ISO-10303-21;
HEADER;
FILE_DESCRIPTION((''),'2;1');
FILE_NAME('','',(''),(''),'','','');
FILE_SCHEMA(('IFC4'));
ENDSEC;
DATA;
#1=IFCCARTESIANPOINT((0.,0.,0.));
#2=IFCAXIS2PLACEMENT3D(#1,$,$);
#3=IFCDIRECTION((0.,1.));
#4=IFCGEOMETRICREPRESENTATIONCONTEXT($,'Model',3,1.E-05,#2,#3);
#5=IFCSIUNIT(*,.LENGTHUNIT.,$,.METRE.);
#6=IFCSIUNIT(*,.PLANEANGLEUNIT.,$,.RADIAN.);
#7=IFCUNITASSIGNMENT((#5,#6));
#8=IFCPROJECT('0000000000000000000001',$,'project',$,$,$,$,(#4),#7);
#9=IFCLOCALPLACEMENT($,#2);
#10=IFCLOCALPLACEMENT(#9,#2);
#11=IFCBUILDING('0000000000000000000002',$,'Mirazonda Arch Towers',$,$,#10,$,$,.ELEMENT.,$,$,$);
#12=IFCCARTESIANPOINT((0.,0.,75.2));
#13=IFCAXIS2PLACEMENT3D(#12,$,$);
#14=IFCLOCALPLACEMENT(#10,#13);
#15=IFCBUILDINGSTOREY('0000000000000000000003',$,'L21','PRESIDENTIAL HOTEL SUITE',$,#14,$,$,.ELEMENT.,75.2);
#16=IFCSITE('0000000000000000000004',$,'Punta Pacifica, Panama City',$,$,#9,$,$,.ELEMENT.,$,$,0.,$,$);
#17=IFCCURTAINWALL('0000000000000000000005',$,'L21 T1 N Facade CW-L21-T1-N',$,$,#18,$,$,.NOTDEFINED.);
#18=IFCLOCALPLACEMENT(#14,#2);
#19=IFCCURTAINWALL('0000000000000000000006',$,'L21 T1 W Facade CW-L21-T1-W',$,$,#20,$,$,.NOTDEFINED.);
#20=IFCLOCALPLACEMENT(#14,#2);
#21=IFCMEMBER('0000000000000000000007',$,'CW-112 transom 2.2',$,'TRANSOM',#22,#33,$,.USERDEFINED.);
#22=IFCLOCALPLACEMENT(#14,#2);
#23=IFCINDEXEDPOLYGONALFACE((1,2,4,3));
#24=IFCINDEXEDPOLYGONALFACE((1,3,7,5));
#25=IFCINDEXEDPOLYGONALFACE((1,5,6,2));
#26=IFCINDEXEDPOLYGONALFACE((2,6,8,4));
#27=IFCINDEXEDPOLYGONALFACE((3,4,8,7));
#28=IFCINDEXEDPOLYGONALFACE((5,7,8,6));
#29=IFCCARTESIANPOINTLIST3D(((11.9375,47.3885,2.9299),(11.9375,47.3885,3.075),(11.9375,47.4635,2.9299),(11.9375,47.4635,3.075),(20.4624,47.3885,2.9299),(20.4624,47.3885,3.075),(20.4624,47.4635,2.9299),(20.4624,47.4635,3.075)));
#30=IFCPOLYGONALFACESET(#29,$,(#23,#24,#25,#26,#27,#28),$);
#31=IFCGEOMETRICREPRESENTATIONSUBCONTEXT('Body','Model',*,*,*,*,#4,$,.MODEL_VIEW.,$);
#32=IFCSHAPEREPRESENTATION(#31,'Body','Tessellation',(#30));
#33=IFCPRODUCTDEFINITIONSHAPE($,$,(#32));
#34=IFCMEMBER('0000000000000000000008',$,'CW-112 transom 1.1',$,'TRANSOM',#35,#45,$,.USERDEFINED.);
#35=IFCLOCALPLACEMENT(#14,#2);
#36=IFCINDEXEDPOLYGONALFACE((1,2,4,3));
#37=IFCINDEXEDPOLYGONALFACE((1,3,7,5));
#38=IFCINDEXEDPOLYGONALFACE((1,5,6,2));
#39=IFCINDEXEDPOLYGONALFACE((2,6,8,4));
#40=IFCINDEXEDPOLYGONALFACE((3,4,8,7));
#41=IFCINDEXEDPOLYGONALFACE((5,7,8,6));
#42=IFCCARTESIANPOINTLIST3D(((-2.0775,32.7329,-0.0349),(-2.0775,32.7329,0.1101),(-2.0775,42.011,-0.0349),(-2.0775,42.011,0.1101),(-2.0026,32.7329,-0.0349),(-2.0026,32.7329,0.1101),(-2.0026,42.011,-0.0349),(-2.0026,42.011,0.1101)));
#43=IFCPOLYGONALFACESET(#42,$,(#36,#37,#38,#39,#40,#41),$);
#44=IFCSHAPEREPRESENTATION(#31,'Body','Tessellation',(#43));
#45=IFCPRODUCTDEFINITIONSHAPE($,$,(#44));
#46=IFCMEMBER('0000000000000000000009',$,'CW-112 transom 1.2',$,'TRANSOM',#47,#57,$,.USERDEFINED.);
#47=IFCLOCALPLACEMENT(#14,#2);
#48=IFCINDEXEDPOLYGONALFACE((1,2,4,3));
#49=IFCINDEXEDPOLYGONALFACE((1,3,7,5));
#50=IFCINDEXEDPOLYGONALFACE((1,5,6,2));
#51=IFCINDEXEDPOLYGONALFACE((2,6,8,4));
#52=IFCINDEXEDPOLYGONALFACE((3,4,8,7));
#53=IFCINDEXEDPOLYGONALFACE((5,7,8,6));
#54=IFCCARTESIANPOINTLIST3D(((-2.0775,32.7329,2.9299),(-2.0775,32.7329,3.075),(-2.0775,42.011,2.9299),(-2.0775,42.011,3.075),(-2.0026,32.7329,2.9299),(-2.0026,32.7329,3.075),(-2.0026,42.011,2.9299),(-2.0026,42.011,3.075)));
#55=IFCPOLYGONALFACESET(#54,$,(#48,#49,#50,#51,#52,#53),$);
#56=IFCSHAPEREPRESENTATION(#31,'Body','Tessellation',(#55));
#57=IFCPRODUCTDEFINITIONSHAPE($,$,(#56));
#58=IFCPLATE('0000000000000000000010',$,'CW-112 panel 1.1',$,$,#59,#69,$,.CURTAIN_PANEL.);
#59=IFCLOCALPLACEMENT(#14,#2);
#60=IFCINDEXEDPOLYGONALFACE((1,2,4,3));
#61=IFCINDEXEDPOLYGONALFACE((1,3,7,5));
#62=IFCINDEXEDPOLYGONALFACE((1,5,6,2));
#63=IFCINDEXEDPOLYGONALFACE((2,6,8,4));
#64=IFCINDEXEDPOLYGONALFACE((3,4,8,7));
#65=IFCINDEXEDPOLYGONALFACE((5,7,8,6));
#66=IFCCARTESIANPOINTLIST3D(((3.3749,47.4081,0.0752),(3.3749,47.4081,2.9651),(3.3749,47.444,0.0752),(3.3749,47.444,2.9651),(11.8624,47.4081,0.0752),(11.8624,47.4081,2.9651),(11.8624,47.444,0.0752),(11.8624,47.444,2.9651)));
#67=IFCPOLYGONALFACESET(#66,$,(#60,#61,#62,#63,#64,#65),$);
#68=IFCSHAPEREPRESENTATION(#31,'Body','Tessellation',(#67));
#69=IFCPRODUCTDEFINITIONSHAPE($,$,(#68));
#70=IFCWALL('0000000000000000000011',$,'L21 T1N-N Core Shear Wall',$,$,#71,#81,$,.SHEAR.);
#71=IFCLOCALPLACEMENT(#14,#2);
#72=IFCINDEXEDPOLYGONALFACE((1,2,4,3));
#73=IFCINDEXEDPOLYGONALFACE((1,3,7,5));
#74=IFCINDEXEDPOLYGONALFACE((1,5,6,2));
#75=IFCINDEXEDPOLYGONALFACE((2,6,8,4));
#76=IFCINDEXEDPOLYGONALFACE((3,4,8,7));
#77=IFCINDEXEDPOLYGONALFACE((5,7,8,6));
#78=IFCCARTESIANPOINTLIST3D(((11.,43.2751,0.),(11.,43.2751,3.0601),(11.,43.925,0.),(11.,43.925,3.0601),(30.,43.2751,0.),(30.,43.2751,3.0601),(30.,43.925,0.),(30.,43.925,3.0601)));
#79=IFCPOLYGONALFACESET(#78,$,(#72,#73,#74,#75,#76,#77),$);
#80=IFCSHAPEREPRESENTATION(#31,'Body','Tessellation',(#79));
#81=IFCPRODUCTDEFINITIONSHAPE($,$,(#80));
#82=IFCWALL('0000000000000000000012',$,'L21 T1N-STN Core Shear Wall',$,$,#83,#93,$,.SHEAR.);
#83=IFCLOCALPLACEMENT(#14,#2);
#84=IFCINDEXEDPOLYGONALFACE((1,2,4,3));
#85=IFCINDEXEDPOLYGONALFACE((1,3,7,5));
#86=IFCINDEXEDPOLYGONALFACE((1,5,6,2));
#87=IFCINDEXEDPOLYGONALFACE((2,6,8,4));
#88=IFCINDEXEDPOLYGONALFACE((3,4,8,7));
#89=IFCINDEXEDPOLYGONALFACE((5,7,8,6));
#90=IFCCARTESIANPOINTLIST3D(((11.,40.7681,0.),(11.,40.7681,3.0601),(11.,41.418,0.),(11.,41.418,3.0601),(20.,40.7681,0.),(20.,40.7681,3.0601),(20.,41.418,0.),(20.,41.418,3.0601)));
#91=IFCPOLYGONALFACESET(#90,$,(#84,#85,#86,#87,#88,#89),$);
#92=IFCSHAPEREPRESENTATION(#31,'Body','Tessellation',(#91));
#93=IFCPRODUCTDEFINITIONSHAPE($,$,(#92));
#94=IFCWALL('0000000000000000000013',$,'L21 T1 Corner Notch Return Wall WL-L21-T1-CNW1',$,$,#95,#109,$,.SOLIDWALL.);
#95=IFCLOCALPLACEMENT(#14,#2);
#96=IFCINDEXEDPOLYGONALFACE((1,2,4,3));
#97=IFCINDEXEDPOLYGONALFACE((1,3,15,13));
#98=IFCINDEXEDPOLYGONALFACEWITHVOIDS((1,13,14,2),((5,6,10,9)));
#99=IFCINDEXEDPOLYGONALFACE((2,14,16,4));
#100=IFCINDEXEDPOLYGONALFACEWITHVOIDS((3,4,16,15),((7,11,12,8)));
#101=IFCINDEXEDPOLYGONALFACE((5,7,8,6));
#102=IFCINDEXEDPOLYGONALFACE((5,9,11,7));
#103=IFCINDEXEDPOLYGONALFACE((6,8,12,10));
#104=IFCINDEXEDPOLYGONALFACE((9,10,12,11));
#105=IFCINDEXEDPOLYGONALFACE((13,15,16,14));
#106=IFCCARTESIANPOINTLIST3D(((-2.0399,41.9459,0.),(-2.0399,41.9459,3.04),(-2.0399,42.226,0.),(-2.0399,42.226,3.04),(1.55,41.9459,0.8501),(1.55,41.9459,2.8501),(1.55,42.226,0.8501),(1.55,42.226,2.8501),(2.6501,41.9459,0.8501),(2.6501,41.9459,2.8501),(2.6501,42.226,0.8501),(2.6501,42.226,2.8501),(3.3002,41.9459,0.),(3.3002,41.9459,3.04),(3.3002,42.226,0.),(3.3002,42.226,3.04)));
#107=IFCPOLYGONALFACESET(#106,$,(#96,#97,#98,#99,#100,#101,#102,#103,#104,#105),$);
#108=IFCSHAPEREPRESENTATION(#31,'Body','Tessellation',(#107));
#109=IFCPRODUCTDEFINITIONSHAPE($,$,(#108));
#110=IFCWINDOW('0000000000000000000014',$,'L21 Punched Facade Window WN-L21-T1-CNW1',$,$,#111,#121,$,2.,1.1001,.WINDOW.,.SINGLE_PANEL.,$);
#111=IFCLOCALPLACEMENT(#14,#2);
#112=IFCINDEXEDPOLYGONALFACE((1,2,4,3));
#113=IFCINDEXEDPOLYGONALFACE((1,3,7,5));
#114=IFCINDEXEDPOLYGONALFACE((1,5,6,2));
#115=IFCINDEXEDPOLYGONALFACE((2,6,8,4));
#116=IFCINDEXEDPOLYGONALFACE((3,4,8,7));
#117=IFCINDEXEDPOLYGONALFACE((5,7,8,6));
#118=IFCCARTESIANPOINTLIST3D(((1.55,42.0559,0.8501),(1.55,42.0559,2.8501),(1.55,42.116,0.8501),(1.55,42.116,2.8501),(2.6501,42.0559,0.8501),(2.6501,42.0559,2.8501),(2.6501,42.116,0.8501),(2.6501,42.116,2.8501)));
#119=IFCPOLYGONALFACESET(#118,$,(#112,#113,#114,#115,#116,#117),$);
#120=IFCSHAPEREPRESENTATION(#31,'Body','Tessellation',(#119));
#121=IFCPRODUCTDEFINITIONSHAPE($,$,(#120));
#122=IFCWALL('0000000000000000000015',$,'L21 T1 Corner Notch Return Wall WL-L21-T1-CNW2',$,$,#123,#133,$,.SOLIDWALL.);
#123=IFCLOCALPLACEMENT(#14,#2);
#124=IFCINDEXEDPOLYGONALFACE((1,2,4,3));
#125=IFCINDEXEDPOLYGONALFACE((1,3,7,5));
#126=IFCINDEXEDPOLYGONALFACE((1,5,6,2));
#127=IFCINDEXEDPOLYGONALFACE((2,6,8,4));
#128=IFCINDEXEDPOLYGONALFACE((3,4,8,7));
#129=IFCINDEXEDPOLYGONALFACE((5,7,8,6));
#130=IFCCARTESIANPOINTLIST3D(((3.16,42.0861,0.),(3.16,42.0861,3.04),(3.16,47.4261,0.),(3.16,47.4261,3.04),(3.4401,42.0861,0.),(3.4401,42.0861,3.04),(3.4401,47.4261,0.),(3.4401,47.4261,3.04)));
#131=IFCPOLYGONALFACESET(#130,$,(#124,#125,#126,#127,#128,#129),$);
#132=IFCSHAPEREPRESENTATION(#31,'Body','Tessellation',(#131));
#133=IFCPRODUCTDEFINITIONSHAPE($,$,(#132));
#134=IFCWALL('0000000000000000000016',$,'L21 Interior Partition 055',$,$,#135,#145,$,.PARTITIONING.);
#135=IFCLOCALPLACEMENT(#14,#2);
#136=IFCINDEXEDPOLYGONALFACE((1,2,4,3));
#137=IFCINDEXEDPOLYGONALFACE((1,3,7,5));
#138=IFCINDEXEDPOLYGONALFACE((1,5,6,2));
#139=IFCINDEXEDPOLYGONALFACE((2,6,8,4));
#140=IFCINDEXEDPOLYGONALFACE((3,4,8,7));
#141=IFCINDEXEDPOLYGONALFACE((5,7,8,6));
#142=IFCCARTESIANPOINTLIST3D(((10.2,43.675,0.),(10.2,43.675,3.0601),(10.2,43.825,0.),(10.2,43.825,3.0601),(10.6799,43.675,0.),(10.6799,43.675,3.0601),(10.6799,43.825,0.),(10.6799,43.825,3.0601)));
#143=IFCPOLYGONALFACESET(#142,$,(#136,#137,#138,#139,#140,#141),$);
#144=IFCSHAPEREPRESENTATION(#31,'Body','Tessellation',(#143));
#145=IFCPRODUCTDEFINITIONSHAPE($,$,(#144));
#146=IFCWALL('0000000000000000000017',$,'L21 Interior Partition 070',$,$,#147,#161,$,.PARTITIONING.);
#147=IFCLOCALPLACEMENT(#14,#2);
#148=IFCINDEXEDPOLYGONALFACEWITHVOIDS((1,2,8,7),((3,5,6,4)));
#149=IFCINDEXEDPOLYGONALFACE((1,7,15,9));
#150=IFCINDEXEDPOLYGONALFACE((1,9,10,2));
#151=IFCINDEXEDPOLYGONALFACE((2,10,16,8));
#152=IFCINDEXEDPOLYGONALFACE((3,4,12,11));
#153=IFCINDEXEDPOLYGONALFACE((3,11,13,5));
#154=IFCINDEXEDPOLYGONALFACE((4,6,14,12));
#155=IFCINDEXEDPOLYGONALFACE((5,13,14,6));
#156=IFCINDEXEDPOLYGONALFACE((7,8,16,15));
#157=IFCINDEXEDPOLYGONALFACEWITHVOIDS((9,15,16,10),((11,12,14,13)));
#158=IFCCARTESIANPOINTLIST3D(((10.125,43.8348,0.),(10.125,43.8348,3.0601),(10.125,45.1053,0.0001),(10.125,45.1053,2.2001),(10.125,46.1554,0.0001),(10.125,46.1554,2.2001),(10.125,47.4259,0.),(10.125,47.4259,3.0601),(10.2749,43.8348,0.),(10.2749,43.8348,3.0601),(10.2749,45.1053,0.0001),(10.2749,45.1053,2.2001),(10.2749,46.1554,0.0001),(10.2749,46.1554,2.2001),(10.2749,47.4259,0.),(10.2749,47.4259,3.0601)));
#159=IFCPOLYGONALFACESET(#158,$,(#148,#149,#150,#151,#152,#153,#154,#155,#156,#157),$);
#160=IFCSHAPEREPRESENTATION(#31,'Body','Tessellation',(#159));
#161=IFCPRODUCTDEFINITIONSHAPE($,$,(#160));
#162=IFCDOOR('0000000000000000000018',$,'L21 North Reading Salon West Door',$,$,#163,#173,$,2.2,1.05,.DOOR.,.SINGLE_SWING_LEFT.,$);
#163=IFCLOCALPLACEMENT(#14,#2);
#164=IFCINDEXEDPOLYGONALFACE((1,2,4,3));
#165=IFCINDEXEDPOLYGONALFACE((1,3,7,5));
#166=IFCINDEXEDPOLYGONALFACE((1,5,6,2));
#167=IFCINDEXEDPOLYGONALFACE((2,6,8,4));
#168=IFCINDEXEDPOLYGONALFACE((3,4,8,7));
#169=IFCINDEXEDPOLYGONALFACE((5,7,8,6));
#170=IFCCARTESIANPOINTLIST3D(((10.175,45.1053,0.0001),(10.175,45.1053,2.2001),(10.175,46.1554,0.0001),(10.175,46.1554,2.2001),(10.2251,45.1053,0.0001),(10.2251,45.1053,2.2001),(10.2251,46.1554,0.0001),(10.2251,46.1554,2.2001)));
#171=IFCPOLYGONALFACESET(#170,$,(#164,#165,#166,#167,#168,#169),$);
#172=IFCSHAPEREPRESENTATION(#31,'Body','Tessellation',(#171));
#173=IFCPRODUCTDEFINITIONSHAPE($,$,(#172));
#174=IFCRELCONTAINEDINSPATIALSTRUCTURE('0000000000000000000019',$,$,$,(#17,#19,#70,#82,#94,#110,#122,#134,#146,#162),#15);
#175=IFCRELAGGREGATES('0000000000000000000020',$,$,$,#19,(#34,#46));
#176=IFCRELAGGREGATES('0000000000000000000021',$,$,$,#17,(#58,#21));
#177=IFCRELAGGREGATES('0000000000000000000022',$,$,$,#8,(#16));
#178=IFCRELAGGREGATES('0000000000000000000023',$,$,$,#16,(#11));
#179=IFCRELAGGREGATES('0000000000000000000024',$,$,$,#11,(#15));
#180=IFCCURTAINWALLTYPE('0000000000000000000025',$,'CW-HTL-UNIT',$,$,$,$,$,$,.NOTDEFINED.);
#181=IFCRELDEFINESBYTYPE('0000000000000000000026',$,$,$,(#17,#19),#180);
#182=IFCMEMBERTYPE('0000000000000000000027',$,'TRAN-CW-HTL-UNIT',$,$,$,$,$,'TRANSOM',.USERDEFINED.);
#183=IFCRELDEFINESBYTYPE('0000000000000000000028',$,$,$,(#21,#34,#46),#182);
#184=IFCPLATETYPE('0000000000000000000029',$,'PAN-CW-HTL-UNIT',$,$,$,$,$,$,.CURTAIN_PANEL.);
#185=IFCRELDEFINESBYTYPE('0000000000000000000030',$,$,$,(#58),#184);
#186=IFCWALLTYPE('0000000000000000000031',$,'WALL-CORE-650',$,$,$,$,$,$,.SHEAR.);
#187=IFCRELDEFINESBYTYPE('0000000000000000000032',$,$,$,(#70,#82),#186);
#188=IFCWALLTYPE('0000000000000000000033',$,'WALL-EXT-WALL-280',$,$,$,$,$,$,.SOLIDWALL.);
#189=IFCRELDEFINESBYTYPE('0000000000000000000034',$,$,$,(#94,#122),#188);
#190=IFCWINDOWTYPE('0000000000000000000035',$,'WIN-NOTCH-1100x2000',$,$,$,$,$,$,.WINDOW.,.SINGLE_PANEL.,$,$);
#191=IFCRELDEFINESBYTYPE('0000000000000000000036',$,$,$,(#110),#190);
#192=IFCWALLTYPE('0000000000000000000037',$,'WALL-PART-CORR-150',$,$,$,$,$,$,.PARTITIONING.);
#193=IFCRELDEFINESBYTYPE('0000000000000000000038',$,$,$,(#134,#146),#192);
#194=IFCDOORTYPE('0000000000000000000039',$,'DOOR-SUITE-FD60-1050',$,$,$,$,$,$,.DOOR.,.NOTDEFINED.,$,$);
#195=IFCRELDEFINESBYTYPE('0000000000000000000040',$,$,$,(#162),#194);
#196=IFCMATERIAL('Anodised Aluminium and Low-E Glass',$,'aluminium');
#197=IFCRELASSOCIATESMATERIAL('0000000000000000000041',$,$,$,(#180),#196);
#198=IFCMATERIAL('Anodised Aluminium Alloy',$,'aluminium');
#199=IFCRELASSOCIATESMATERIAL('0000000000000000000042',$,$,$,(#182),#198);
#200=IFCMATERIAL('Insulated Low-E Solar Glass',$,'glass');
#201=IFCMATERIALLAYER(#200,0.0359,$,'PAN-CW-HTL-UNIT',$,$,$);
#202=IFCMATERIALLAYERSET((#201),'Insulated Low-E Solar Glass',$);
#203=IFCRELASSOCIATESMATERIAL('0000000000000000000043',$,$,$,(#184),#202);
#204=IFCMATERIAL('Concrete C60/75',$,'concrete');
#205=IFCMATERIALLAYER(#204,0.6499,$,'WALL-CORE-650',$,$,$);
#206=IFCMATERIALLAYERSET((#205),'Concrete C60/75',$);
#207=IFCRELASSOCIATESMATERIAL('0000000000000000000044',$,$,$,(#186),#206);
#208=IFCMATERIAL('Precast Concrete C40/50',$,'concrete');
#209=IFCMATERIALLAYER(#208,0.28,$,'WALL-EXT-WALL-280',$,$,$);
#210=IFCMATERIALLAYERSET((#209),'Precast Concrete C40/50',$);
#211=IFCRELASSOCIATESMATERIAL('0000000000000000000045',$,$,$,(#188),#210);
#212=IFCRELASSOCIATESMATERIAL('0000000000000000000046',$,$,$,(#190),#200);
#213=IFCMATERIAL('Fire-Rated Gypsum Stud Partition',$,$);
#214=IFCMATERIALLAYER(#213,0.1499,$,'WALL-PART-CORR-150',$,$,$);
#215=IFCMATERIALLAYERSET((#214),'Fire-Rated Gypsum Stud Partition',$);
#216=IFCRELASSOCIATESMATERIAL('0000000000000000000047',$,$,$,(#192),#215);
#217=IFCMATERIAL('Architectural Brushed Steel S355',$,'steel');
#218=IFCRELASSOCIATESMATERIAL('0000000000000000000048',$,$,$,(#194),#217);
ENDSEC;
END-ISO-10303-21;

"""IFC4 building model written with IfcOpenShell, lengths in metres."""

from ifc_helpers import new_model, si_unit, direction, frame, frame_2d, origin, origin_2d, place, context, subcontext, project, spatial, rectangle, extrude, material, layer, layer_set, material_profile, profile_set, type_object, element, fill, aggregate, save


model = new_model("IFC4")

# Units and contexts
model_context = context("Model", 3, precision=1e-05, world=origin(), true_north=direction((0.0, 1.0)))
body_context = subcontext(model_context, "Body", "Model", "MODEL_VIEW")
ifc_project = project(units=[si_unit("LENGTHUNIT", "METRE"), si_unit("PLANEANGLEUNIT", "RADIAN")], contexts=[model_context])

# Site, building, storey
site_placement = place(None, origin())
site = spatial("IfcSite", under=ifc_project, at=site_placement, Name="Punta Pacifica, Panama City", CompositionType="ELEMENT", RefElevation=0.0)
building_placement = place(site_placement, origin())
building = spatial("IfcBuilding", under=site, at=building_placement, Name="Mirazonda Arch Towers", CompositionType="ELEMENT")
storey_placement = place(building_placement, frame((0.0, 0.0, 75.2)))
storey = spatial("IfcBuildingStorey", under=building, at=storey_placement, Name="L21", Description="PRESIDENTIAL HOTEL SUITE", CompositionType="ELEMENT", Elevation=75.2)

# Shared definitions
ifc_material_1 = material(Name="Concrete C60/75", Category="concrete")

# Curtain wall
ifc_material_2 = material(Name="Anodised Aluminium and Low-E Glass", Category="aluminium")
curtain_wall_type = type_object("IfcCurtainWallType", Name="CW-HTL-UNIT", PredefinedType="NOTDEFINED", material=ifc_material_2)
curtain_wall_1_placement = place(storey_placement, origin())
curtain_wall_1 = element("IfcCurtainWall", 1, at=curtain_wall_1_placement, inside=storey, type_object=curtain_wall_type, Name="L21 T1 N Facade CW-L21-T1-N", PredefinedType="NOTDEFINED")
ifc_material_3 = material(Name="Anodised Aluminium Alloy", Category="aluminium")

# Curtain wall
curtain_wall_2_placement = place(storey_placement, origin())
curtain_wall_2 = element("IfcCurtainWall", 2, at=curtain_wall_2_placement, inside=storey, type_object=curtain_wall_type, Name="L21 T1 W Facade CW-L21-T1-W", PredefinedType="NOTDEFINED")

# Members
ifc_material_profile_1 = material_profile(ifc_material_3, rectangle(XDim=0.075, YDim=0.145, at=origin_2d()), Name="ALU-TRAN-75x145")
ifc_profile_set_1 = profile_set([ifc_material_profile_1], Name="Anodised Aluminium Alloy")
member_type_1 = type_object("IfcMemberType", Name="TRAN-CW-HTL-UNIT", ElementType="TRANSOM", PredefinedType="USERDEFINED", material=ifc_profile_set_1)
member_1_placement = place(storey_placement, frame((11.9375, 47.426, 3.0024), z_axis=(1.0, 0.0, 0.0), x_axis=(0.0, 1.0, 0.0)))
member_1 = element("IfcMember", 3, at=member_1_placement, type_object=member_type_1, Name="CW-112 transom 2.2", ObjectType="TRANSOM", PredefinedType="USERDEFINED", context=body_context, shape_type="SweptSolid", body=[
    extrude(rectangle(XDim=0.075, YDim=0.145, at=origin_2d()), origin(), (0.0, 0.0, 1.0), 8.5249),
])
member_2_placement = place(storey_placement, frame((-2.04, 42.011, 0.0376), z_axis=(0.0, -1.0, 0.0), x_axis=(1.0, 0.0, 0.0)))
member_2 = element("IfcMember", 4, at=member_2_placement, type_object=member_type_1, Name="CW-112 transom 1.1", ObjectType="TRANSOM", PredefinedType="USERDEFINED", context=body_context, shape_type="SweptSolid", body=[
    extrude(rectangle(XDim=0.075, YDim=0.145, at=origin_2d()), origin(), (0.0, 0.0, 1.0), 9.2781),
])
member_3_placement = place(storey_placement, frame((-2.04, 42.011, 3.0024), z_axis=(0.0, -1.0, 0.0), x_axis=(1.0, 0.0, 0.0)))
member_3 = element("IfcMember", 5, at=member_3_placement, type_object=member_type_1, Name="CW-112 transom 1.2", ObjectType="TRANSOM", PredefinedType="USERDEFINED", context=body_context, shape_type="SweptSolid", body=[
    extrude(rectangle(XDim=0.075, YDim=0.145, at=origin_2d()), origin(), (0.0, 0.0, 1.0), 9.2781),
])
aggregate(curtain_wall_2, [member_2, member_3])

# Plate
ifc_material_4 = material(Name="Insulated Low-E Solar Glass", Category="glass")
ifc_layer_1 = layer(ifc_material_4, 0.0359, Name="PAN-CW-HTL-UNIT")
ifc_layer_set_1 = layer_set([ifc_layer_1], Name="Insulated Low-E Solar Glass")
plate_type = type_object("IfcPlateType", Name="PAN-CW-HTL-UNIT", PredefinedType="CURTAIN_PANEL", material=ifc_layer_set_1)
plate_placement = place(storey_placement, frame((7.6187, 47.426, 0.0752), z_axis=(0.0, 0.0, 1.0), x_axis=(1.0, 0.0, 0.0)))
plate = element("IfcPlate", 6, at=plate_placement, type_object=plate_type, Name="CW-112 panel 1.1", PredefinedType="CURTAIN_PANEL", context=body_context, shape_type="SweptSolid", body=[
    extrude(rectangle(XDim=8.4875, YDim=0.0359, at=origin_2d()), origin(), (0.0, 0.0, 1.0), 2.8899),
])
aggregate(curtain_wall_1, [plate, member_1])

# Walls
ifc_layer_2 = layer(ifc_material_1, 0.6499, Name="WALL-CORE-650")
ifc_layer_set_2 = layer_set([ifc_layer_2], Name="Concrete C60/75")
wall_type_1 = type_object("IfcWallType", Name="WALL-CORE-650", PredefinedType="SHEAR", material=ifc_layer_set_2)
wall_1_placement = place(storey_placement, frame((11.0, 43.6001, 0.0), z_axis=(0.0, 0.0, 1.0), x_axis=(1.0, 0.0, 0.0)))
element("IfcWall", 7, at=wall_1_placement, inside=storey, type_object=wall_type_1, Name="L21 T1N-N Core Shear Wall", PredefinedType="SHEAR", context=body_context, shape_type="SweptSolid", body=[
    extrude(rectangle(XDim=19.0, YDim=0.6499, at=frame_2d((9.5, 0.0))), origin(), (0.0, 0.0, 1.0), 3.0601),
])
wall_2_placement = place(storey_placement, frame((11.0, 41.093, 0.0), z_axis=(0.0, 0.0, 1.0), x_axis=(1.0, 0.0, 0.0)))
element("IfcWall", 8, at=wall_2_placement, inside=storey, type_object=wall_type_1, Name="L21 T1N-STN Core Shear Wall", PredefinedType="SHEAR", context=body_context, shape_type="SweptSolid", body=[
    extrude(rectangle(XDim=9.0, YDim=0.6499, at=frame_2d((4.5, 0.0))), origin(), (0.0, 0.0, 1.0), 3.0601),
])

# Wall, opening, window
ifc_material_5 = material(Name="Precast Concrete C40/50", Category="concrete")
ifc_layer_3 = layer(ifc_material_5, 0.28, Name="WALL-EXT-WALL-280")
ifc_layer_set_3 = layer_set([ifc_layer_3], Name="Precast Concrete C40/50")
wall_type_2 = type_object("IfcWallType", Name="WALL-EXT-WALL-280", PredefinedType="SOLIDWALL", material=ifc_layer_set_3)
wall_3_placement = place(storey_placement, frame((3.3, 42.0859, 0.0), z_axis=(0.0, 0.0, 1.0), x_axis=(-1.0, 0.0, 0.0)))
wall_3 = element("IfcWall", 9, at=wall_3_placement, inside=storey, type_object=wall_type_2, Name="L21 T1 Corner Notch Return Wall WL-L21-T1-CNW1", PredefinedType="SOLIDWALL", context=body_context, shape_type="SweptSolid", body=[
    extrude(rectangle(XDim=5.3401, YDim=0.28, at=frame_2d((2.6699, 0.0))), origin(), (0.0, 0.0, 1.0), 3.04),
])
opening_1_placement = place(wall_3_placement, frame((0.6499, 0.0, 0.8501)))
opening_1 = element("IfcOpeningElement", 10, at=opening_1_placement, cuts=wall_3, PredefinedType="OPENING", context=body_context, shape_type="SweptSolid", body=[
    extrude(rectangle(XDim=1.1001, YDim=2.0, at=frame_2d((0.55, 1.0))), frame((0.0, 0.1499, 0.0), z_axis=(0.0, -1.0, 0.0), x_axis=(1.0, 0.0, 0.0)), (0.0, 0.0, 1.0), 0.3),
])
window_type = type_object("IfcWindowType", Name="WIN-NOTCH-1100x2000", PartitioningType="SINGLE_PANEL", PredefinedType="WINDOW", material=ifc_material_4)
window_placement = place(opening_1_placement, origin())
window = element("IfcWindow", 11, at=window_placement, inside=storey, type_object=window_type, Name="L21 Punched Facade Window WN-L21-T1-CNW1", OverallHeight=2.0, OverallWidth=1.1001, PartitioningType="SINGLE_PANEL", PredefinedType="WINDOW", context=body_context, shape_type="SweptSolid", body=[
    extrude(rectangle(XDim=1.1001, YDim=2.0, at=frame_2d((0.55, 1.0))), frame((0.0, 0.03, 0.0), z_axis=(0.0, -1.0, 0.0), x_axis=(1.0, 0.0, 0.0)), (0.0, 0.0, 1.0), 0.0601),
])
fill(opening_1, window)

# Walls
wall_4_placement = place(storey_placement, frame((3.3, 47.426, 0.0), z_axis=(0.0, 0.0, 1.0), x_axis=(0.0, -1.0, 0.0)))
element("IfcWall", 12, at=wall_4_placement, inside=storey, type_object=wall_type_2, Name="L21 T1 Corner Notch Return Wall WL-L21-T1-CNW2", PredefinedType="SOLIDWALL", context=body_context, shape_type="SweptSolid", body=[
    extrude(rectangle(XDim=5.3401, YDim=0.28, at=frame_2d((2.6699, 0.0))), origin(), (0.0, 0.0, 1.0), 3.04),
])
ifc_material_6 = material(Name="Fire-Rated Gypsum Stud Partition")
ifc_layer_4 = layer(ifc_material_6, 0.1499, Name="WALL-PART-CORR-150")
ifc_layer_set_4 = layer_set([ifc_layer_4], Name="Fire-Rated Gypsum Stud Partition")
wall_type_3 = type_object("IfcWallType", Name="WALL-PART-CORR-150", PredefinedType="PARTITIONING", material=ifc_layer_set_4)
wall_5_placement = place(storey_placement, frame((10.2, 43.75, 0.0), z_axis=(0.0, 0.0, 1.0), x_axis=(1.0, 0.0, 0.0)))
element("IfcWall", 13, at=wall_5_placement, inside=storey, type_object=wall_type_3, Name="L21 Interior Partition 055", PredefinedType="PARTITIONING", context=body_context, shape_type="SweptSolid", body=[
    extrude(rectangle(XDim=0.48, YDim=0.1499, at=frame_2d((0.24, 0.0))), origin(), (0.0, 0.0, 1.0), 3.0601),
])

# Wall, opening, door
wall_6_placement = place(storey_placement, frame((10.2, 43.835, 0.0), z_axis=(0.0, 0.0, 1.0), x_axis=(0.0, 1.0, 0.0)))
wall_6 = element("IfcWall", 14, at=wall_6_placement, inside=storey, type_object=wall_type_3, Name="L21 Interior Partition 070", PredefinedType="PARTITIONING", context=body_context, shape_type="SweptSolid", body=[
    extrude(rectangle(XDim=3.5911, YDim=0.1499, at=frame_2d((1.7954, 0.0))), origin(), (0.0, 0.0, 1.0), 3.0601),
])
opening_2_placement = place(wall_6_placement, frame((1.2705, 0.0, 0.0)))
opening_2 = element("IfcOpeningElement", 15, at=opening_2_placement, cuts=wall_6, PredefinedType="OPENING", context=body_context, shape_type="SweptSolid", body=[
    extrude(rectangle(XDim=1.05, YDim=2.2, at=frame_2d((0.5249, 1.1001))), frame((0.0, 0.085, 0.0), z_axis=(0.0, -1.0, 0.0), x_axis=(1.0, 0.0, 0.0)), (0.0, 0.0, 1.0), 0.1699),
])
ifc_material_7 = material(Name="Architectural Brushed Steel S355", Category="steel")
door_type_1 = type_object("IfcDoorType", Name="DOOR-SUITE-FD60-1050", OperationType="NOTDEFINED", PredefinedType="DOOR", material=ifc_material_7)
door_1_placement = place(opening_2_placement, origin())
door_1 = element("IfcDoor", 16, at=door_1_placement, inside=storey, type_object=door_type_1, Name="L21 North Reading Salon West Door", OperationType="SINGLE_SWING_LEFT", OverallHeight=2.2, OverallWidth=1.05, PredefinedType="DOOR", context=body_context, shape_type="SweptSolid", body=[
    extrude(rectangle(XDim=1.05, YDim=2.2, at=frame_2d((0.5249, 1.1001))), frame((0.0, 0.0249, 0.0), z_axis=(0.0, -1.0, 0.0), x_axis=(1.0, 0.0, 0.0)), (0.0, 0.0, 1.0), 0.05),
])
fill(opening_2, door_1)

save(model, "model.ifc")
